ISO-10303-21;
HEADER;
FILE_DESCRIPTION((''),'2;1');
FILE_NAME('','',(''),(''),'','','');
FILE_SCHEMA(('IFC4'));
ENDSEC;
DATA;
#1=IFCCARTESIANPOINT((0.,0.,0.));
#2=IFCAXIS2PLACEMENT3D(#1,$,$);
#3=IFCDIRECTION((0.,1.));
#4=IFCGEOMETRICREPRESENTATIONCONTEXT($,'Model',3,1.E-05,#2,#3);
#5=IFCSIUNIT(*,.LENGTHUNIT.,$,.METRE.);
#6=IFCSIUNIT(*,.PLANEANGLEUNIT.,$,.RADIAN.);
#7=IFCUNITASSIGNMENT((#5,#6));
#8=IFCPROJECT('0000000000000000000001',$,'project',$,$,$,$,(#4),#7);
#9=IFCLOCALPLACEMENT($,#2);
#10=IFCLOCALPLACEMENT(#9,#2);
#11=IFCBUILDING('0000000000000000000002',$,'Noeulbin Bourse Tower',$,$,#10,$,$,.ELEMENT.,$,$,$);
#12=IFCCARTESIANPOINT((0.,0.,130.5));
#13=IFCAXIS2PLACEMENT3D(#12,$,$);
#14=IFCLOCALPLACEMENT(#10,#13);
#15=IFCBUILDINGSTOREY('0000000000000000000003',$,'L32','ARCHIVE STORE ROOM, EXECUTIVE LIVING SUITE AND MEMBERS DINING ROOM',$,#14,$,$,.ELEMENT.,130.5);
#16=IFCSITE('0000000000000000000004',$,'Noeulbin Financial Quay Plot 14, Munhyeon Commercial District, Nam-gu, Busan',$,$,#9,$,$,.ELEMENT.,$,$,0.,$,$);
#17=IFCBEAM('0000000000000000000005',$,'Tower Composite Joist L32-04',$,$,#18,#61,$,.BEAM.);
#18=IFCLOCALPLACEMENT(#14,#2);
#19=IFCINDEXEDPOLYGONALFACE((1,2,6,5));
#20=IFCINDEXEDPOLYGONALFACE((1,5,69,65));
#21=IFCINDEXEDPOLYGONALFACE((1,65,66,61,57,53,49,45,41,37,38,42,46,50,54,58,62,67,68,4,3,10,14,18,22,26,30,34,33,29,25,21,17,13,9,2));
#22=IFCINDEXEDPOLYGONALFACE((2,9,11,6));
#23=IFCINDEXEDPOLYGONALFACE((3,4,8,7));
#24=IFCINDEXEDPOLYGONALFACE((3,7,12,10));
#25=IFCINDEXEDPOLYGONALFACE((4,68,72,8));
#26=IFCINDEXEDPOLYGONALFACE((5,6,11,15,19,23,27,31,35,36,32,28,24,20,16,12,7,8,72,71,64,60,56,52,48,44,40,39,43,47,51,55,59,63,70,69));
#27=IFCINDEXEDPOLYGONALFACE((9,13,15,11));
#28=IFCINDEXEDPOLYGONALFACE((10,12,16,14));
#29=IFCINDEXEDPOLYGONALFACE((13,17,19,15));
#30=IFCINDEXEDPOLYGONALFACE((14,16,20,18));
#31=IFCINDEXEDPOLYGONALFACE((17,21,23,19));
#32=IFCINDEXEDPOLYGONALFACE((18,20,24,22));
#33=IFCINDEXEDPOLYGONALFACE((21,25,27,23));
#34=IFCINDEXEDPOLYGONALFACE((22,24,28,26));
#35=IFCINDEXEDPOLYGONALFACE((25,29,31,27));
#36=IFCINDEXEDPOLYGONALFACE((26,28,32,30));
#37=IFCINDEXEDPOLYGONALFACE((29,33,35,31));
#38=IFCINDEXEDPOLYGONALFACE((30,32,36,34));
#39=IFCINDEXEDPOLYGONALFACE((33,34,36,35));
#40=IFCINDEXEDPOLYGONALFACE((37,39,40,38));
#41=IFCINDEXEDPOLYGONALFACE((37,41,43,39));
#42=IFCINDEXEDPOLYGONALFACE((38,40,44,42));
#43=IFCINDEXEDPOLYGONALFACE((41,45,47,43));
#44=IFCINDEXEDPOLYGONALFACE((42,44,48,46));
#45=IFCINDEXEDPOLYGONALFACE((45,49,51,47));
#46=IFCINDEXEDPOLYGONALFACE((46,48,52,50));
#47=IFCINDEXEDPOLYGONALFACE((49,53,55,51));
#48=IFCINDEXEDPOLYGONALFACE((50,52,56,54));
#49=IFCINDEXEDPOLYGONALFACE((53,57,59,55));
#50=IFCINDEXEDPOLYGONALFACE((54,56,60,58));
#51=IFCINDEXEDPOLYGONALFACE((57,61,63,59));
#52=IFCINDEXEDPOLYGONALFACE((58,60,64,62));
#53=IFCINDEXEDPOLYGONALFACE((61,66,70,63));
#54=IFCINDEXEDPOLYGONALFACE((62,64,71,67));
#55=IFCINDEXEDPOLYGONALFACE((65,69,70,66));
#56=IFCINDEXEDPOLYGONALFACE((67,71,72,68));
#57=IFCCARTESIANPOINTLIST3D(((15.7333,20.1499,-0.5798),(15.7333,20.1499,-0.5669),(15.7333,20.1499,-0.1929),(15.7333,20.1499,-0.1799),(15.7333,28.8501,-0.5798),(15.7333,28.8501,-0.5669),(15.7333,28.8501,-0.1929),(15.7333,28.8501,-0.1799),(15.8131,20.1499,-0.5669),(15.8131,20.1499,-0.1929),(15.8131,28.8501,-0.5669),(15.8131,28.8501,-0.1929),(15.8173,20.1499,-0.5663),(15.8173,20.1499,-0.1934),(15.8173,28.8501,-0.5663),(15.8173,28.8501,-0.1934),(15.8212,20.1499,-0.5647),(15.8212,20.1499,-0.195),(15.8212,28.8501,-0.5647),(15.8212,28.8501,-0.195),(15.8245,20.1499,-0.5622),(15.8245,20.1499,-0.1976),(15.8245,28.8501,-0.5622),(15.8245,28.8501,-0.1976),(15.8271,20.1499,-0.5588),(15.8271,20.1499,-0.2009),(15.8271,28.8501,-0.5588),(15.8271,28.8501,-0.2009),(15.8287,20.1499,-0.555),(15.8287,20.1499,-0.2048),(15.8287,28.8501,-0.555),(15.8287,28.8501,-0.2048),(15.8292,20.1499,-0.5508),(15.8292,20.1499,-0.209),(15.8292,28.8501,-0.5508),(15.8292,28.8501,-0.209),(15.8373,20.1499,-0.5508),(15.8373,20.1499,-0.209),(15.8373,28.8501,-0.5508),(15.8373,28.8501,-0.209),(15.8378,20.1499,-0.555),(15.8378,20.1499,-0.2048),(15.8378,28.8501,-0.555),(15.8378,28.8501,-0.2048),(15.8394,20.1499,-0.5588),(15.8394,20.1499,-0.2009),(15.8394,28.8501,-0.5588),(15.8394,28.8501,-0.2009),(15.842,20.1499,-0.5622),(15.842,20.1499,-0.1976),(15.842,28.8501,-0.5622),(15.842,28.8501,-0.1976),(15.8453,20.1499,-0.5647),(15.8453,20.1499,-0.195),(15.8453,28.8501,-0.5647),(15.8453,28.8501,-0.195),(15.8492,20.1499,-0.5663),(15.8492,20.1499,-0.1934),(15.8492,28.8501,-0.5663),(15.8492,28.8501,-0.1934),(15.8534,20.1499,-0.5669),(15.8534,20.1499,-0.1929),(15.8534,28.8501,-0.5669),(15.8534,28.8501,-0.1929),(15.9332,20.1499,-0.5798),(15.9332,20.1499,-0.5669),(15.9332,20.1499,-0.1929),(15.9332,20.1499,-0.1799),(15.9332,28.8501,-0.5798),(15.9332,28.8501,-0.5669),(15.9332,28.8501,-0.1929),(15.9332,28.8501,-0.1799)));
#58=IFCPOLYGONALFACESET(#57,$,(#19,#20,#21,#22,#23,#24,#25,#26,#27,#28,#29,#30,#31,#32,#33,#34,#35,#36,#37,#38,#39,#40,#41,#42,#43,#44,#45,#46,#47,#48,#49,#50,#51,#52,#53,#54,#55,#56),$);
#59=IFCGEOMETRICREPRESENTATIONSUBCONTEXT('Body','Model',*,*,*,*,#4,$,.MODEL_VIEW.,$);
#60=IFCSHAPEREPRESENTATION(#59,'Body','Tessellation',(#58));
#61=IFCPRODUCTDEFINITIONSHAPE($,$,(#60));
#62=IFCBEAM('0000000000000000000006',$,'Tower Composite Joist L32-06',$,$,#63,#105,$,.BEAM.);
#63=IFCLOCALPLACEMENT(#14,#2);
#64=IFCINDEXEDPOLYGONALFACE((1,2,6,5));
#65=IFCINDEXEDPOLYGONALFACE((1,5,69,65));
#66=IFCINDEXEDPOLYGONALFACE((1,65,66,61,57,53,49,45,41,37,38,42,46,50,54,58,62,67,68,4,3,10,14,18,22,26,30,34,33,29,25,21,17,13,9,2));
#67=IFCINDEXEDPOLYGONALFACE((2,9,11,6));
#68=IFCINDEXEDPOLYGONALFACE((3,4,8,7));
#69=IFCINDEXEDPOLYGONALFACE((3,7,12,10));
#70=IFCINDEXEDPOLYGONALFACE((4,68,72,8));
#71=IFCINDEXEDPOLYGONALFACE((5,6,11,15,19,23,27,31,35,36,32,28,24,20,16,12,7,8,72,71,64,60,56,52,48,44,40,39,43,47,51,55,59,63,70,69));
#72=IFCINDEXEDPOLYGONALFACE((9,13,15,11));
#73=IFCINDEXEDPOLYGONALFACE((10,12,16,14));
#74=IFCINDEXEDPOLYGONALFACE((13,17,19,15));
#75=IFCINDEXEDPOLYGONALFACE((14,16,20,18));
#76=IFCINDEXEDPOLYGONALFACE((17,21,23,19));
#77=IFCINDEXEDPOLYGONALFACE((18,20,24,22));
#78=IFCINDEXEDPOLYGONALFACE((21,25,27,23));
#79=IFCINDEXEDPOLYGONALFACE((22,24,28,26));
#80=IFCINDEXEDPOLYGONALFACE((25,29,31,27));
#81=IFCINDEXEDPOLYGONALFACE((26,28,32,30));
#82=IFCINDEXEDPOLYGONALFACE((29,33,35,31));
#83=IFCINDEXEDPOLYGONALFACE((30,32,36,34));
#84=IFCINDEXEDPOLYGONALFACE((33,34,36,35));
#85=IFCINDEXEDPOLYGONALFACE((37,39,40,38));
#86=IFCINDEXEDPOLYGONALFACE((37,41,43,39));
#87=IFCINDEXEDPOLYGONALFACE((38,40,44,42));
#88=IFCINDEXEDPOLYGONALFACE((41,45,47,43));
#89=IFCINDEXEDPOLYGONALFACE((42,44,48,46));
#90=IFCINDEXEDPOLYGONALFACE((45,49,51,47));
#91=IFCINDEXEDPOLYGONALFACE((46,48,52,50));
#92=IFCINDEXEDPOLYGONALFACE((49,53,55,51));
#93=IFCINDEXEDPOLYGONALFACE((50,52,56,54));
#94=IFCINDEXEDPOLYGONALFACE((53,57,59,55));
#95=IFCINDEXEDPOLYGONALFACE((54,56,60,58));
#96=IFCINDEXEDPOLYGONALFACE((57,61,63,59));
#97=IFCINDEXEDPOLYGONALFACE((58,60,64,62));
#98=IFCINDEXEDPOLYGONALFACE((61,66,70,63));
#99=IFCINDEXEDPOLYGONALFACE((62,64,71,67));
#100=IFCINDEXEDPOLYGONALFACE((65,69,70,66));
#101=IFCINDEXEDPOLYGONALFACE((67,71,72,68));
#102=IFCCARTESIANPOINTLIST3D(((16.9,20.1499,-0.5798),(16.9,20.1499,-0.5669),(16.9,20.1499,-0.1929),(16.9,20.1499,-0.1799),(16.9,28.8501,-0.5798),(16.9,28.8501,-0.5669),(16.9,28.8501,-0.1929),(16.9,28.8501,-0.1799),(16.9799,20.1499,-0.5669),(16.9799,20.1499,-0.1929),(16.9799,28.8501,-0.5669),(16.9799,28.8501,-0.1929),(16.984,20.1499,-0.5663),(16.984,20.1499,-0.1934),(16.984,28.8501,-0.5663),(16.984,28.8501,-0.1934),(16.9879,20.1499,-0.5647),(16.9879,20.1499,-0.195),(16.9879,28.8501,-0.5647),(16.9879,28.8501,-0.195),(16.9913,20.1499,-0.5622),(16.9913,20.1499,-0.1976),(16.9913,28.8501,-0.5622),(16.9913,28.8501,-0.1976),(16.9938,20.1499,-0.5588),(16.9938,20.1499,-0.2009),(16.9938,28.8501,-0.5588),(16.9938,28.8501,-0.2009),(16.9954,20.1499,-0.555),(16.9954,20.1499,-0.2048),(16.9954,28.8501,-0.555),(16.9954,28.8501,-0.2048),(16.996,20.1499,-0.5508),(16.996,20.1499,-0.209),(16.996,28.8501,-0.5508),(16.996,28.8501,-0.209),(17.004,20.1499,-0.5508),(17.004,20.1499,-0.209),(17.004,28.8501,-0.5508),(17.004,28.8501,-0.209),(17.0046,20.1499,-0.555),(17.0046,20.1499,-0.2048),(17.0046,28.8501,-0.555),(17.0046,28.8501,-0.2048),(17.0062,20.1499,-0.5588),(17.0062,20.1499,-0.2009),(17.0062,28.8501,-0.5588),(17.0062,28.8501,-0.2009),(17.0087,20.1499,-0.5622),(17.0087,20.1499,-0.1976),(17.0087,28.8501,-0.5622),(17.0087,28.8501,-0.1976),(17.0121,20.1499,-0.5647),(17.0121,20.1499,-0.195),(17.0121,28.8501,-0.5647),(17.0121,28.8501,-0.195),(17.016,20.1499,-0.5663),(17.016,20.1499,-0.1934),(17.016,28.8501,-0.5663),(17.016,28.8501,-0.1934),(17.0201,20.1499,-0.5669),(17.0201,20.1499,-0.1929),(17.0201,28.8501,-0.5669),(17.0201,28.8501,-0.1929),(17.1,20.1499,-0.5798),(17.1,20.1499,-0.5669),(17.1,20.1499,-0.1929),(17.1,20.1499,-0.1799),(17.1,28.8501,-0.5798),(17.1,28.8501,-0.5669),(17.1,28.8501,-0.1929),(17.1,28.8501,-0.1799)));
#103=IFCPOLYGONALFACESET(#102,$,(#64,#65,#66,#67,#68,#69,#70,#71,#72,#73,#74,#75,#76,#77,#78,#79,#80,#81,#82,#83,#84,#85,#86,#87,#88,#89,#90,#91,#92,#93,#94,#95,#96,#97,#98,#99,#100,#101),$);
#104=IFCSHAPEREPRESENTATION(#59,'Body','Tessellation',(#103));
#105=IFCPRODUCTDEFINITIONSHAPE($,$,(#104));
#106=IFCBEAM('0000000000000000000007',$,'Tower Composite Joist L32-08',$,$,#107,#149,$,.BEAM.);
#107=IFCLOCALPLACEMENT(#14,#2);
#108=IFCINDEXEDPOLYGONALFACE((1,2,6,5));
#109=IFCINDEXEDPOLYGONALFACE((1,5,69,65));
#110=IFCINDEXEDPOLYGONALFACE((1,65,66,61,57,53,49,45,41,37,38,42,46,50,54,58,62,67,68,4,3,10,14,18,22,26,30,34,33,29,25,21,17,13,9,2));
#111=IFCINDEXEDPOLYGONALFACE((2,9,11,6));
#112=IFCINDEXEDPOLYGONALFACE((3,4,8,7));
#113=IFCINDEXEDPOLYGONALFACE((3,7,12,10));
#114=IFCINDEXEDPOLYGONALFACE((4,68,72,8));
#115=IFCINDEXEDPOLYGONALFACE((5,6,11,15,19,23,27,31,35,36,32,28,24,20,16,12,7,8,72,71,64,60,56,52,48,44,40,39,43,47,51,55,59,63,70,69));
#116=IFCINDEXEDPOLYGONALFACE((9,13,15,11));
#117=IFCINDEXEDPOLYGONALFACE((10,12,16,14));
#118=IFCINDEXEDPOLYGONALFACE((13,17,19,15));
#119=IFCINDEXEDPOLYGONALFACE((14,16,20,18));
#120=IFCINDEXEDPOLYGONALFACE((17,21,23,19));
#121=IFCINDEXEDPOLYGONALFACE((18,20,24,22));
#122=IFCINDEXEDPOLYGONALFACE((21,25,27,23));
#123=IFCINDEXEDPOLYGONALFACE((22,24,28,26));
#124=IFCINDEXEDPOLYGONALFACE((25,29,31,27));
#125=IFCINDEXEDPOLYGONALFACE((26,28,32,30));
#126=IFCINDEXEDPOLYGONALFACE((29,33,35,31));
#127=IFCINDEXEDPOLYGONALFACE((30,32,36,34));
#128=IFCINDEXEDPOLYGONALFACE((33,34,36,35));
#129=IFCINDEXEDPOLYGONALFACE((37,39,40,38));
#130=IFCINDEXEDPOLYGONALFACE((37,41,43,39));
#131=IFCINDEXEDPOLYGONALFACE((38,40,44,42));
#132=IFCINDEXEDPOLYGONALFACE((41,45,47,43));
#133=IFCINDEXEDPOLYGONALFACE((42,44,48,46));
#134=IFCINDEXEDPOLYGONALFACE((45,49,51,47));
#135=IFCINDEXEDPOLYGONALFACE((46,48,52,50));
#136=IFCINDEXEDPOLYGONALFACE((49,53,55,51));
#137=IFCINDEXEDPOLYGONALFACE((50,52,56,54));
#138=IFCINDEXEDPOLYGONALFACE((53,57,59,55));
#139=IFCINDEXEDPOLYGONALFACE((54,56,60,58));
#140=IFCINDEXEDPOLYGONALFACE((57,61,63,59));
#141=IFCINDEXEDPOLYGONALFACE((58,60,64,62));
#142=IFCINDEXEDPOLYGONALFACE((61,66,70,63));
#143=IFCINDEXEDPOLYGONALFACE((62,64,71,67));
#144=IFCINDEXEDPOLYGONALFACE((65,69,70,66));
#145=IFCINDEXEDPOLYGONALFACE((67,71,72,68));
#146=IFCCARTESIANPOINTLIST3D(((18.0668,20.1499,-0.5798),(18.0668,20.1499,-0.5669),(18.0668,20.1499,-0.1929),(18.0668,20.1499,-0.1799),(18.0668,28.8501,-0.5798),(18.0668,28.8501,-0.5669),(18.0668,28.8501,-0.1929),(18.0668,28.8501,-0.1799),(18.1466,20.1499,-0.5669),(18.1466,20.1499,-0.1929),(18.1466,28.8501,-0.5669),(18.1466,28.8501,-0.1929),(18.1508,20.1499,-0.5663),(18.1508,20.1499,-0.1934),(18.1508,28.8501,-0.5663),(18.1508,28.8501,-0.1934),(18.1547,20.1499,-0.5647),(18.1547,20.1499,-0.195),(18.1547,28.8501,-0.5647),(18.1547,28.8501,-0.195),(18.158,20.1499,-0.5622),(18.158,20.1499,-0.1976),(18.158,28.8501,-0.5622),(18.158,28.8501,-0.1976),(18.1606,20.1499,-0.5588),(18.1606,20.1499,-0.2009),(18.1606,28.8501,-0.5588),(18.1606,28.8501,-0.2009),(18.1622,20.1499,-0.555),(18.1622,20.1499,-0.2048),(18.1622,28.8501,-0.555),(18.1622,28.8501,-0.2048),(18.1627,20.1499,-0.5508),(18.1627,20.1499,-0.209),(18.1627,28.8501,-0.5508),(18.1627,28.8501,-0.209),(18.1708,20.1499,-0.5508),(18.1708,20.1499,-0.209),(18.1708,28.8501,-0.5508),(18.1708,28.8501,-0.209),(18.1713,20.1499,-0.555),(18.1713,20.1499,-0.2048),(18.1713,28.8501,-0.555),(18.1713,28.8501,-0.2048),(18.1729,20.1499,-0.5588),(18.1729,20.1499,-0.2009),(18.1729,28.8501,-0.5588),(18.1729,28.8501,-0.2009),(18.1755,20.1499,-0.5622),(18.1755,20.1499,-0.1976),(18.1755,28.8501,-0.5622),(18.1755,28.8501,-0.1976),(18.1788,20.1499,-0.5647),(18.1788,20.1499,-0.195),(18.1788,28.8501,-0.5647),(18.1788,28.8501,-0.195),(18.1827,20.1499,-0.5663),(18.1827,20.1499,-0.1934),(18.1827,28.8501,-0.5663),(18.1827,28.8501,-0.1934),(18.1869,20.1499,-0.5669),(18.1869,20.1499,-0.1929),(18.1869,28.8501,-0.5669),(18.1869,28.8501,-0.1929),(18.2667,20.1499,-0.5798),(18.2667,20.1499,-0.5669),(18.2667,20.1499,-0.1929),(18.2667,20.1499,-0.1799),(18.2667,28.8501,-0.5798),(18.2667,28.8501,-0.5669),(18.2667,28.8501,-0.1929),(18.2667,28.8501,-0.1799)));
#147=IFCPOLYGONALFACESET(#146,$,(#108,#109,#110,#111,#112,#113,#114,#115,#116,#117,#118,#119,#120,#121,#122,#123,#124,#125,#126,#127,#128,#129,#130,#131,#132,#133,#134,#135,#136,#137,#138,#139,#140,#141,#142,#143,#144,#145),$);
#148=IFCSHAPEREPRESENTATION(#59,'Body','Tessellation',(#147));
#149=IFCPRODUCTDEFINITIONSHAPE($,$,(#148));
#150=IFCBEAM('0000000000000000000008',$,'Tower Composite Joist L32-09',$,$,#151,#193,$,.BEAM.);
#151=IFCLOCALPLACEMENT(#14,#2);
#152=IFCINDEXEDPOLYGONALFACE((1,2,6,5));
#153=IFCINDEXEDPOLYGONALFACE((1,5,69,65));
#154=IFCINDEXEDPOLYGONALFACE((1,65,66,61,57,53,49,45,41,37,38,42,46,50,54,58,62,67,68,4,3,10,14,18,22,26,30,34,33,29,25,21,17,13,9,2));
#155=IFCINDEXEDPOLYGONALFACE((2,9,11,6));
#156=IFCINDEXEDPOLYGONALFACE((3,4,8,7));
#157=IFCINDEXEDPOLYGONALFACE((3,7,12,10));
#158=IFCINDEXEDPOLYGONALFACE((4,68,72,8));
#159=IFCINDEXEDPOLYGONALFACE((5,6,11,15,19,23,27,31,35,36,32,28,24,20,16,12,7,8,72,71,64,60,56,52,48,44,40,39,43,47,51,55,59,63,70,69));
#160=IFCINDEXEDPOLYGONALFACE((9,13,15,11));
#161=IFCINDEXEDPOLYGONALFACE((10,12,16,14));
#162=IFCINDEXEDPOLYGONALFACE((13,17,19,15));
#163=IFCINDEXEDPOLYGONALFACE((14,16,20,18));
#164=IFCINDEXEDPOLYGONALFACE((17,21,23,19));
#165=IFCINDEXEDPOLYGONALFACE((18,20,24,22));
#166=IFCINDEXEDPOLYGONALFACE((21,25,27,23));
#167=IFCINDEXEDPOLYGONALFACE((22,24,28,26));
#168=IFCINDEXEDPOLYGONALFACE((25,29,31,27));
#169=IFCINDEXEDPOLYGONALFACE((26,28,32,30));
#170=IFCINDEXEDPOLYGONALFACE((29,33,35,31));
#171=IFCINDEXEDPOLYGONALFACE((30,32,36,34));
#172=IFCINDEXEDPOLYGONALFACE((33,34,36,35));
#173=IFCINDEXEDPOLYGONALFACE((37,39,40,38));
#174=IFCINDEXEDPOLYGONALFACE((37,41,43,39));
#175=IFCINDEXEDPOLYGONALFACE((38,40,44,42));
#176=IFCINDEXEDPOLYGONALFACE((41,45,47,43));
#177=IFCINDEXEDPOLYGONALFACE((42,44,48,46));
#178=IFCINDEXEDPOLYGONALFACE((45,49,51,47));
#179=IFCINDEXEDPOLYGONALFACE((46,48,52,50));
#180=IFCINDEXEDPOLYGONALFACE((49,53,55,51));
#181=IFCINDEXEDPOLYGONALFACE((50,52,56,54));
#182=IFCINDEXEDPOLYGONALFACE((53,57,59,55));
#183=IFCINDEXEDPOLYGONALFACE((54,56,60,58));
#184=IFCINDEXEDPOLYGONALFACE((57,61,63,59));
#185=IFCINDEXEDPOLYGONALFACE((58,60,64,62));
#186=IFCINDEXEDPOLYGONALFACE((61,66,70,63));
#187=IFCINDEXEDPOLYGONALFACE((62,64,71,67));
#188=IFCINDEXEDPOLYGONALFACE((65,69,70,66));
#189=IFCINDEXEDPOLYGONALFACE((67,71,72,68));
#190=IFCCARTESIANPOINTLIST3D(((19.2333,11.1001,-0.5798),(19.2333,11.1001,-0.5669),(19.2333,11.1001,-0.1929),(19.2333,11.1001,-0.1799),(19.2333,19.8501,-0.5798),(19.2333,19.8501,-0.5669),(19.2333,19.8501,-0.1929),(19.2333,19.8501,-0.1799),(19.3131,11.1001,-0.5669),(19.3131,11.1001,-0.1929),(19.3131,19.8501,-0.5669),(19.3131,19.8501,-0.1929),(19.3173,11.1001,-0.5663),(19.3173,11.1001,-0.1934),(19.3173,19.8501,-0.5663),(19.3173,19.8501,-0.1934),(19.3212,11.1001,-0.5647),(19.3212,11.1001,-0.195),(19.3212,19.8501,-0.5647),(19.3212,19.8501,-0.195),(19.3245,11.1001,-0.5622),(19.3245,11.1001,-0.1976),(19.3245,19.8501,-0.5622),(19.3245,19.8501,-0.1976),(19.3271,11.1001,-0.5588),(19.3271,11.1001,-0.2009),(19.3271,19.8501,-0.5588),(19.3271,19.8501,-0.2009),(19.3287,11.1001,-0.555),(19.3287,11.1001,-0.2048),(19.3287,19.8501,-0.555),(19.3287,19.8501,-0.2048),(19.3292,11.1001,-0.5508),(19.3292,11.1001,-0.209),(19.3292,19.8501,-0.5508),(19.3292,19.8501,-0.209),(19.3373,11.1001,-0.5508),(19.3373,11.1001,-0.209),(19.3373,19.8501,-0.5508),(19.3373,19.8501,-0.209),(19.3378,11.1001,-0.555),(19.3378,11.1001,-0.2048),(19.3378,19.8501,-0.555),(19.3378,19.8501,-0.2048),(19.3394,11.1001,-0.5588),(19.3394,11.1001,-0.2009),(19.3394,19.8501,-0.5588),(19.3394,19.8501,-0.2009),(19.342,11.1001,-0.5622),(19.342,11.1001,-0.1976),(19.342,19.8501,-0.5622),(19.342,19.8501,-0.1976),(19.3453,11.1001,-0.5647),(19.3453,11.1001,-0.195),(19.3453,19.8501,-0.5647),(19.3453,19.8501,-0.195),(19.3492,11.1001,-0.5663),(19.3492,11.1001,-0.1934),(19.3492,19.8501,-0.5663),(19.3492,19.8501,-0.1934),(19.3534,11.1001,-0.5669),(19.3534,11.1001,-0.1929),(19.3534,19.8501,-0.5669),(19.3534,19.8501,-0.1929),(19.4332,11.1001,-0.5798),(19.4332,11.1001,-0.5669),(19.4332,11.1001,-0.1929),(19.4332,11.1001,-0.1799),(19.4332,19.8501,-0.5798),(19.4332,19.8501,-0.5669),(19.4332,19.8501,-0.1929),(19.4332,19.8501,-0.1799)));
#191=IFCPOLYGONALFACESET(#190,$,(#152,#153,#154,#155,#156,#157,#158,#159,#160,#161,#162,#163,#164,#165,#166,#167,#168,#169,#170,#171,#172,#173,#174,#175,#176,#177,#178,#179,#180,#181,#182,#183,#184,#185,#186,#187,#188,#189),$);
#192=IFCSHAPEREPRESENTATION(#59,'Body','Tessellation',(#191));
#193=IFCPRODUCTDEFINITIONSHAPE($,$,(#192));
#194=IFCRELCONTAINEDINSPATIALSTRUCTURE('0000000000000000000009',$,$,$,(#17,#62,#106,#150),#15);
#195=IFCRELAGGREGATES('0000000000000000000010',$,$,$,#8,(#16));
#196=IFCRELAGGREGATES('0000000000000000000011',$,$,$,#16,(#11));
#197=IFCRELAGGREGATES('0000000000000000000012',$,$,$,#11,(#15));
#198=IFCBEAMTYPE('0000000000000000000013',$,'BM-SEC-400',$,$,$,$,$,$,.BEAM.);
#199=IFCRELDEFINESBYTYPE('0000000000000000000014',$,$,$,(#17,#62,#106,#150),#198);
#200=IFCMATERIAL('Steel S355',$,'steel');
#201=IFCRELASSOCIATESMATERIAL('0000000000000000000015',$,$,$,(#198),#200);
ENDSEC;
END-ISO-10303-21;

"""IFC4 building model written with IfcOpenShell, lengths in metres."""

from ifc_helpers import new_model, si_unit, direction, frame, origin, origin_2d, place, context, subcontext, project, spatial, i_section, extrude, material, material_profile, profile_set, type_object, element, save


model = new_model("IFC4")

# Units and contexts
model_context = context("Model", 3, precision=1e-05, world=origin(), true_north=direction((0.0, 1.0)))
body_context = subcontext(model_context, "Body", "Model", "MODEL_VIEW")
ifc_project = project(units=[si_unit("LENGTHUNIT", "METRE"), si_unit("PLANEANGLEUNIT", "RADIAN")], contexts=[model_context])

# Site, building, storey
site_placement = place(None, origin())
site = spatial("IfcSite", under=ifc_project, at=site_placement, Name="Noeulbin Financial Quay Plot 14, Munhyeon Commercial District, Nam-gu, Busan", CompositionType="ELEMENT", RefElevation=0.0)
building_placement = place(site_placement, origin())
building = spatial("IfcBuilding", under=site, at=building_placement, Name="Noeulbin Bourse Tower", CompositionType="ELEMENT")
storey_placement = place(building_placement, frame((0.0, 0.0, 130.5)))
storey = spatial("IfcBuildingStorey", under=building, at=storey_placement, Name="L32", Description="ARCHIVE STORE ROOM, EXECUTIVE LIVING SUITE AND MEMBERS DINING ROOM", CompositionType="ELEMENT", Elevation=130.5)

# Beams
ifc_material_1 = material(Name="Steel S355", Category="steel")
ifc_material_profile_1 = material_profile(ifc_material_1, i_section(OverallWidth=0.2, OverallDepth=0.3999, WebThickness=0.0081, FlangeThickness=0.0129, FilletRadius=0.0161, at=origin_2d()), Name="H-400x200x8x13", Category="LoadBearing")
ifc_profile_set_1 = profile_set([ifc_material_profile_1], Name="Steel S355")
beam_type_1 = type_object("IfcBeamType", Name="BM-SEC-400", PredefinedType="BEAM", material=ifc_profile_set_1)
for number, where, z_axis, x_axis, name in (
    (1, (15.8333, 20.1499, -0.3799), (0.0, 1.0, 0.0), (-1.0, 0.0, 0.0), "Tower Composite Joist L32-04"),
    (2, (17.0, 20.1499, -0.3799), (0.0, 1.0, 0.0), (-1.0, 0.0, 0.0), "Tower Composite Joist L32-06"),
    (3, (18.1667, 20.1499, -0.3799), (0.0, 1.0, 0.0), (-1.0, 0.0, 0.0), "Tower Composite Joist L32-08"),
):
    element("IfcBeam", number, at=place(storey_placement, frame(where, z_axis=z_axis, x_axis=x_axis)), inside=storey, type_object=beam_type_1, Name=name, PredefinedType="BEAM", context=body_context, shape_type="SweptSolid", body=[
        extrude(i_section(OverallWidth=0.2, OverallDepth=0.3999, WebThickness=0.0081, FlangeThickness=0.0129, FilletRadius=0.0161, at=origin_2d()), origin(), (0.0, 0.0, 1.0), 8.7002),
    ])
beam_1_placement = place(storey_placement, frame((19.3333, 11.1001, -0.3799), z_axis=(0.0, 1.0, 0.0), x_axis=(-1.0, 0.0, 0.0)))
element("IfcBeam", 4, at=beam_1_placement, inside=storey, type_object=beam_type_1, Name="Tower Composite Joist L32-09", PredefinedType="BEAM", context=body_context, shape_type="SweptSolid", body=[
    extrude(i_section(OverallWidth=0.2, OverallDepth=0.3999, WebThickness=0.0081, FlangeThickness=0.0129, FilletRadius=0.0161, at=origin_2d()), origin(), (0.0, 0.0, 1.0), 8.75),
])

save(model, "model.ifc")
